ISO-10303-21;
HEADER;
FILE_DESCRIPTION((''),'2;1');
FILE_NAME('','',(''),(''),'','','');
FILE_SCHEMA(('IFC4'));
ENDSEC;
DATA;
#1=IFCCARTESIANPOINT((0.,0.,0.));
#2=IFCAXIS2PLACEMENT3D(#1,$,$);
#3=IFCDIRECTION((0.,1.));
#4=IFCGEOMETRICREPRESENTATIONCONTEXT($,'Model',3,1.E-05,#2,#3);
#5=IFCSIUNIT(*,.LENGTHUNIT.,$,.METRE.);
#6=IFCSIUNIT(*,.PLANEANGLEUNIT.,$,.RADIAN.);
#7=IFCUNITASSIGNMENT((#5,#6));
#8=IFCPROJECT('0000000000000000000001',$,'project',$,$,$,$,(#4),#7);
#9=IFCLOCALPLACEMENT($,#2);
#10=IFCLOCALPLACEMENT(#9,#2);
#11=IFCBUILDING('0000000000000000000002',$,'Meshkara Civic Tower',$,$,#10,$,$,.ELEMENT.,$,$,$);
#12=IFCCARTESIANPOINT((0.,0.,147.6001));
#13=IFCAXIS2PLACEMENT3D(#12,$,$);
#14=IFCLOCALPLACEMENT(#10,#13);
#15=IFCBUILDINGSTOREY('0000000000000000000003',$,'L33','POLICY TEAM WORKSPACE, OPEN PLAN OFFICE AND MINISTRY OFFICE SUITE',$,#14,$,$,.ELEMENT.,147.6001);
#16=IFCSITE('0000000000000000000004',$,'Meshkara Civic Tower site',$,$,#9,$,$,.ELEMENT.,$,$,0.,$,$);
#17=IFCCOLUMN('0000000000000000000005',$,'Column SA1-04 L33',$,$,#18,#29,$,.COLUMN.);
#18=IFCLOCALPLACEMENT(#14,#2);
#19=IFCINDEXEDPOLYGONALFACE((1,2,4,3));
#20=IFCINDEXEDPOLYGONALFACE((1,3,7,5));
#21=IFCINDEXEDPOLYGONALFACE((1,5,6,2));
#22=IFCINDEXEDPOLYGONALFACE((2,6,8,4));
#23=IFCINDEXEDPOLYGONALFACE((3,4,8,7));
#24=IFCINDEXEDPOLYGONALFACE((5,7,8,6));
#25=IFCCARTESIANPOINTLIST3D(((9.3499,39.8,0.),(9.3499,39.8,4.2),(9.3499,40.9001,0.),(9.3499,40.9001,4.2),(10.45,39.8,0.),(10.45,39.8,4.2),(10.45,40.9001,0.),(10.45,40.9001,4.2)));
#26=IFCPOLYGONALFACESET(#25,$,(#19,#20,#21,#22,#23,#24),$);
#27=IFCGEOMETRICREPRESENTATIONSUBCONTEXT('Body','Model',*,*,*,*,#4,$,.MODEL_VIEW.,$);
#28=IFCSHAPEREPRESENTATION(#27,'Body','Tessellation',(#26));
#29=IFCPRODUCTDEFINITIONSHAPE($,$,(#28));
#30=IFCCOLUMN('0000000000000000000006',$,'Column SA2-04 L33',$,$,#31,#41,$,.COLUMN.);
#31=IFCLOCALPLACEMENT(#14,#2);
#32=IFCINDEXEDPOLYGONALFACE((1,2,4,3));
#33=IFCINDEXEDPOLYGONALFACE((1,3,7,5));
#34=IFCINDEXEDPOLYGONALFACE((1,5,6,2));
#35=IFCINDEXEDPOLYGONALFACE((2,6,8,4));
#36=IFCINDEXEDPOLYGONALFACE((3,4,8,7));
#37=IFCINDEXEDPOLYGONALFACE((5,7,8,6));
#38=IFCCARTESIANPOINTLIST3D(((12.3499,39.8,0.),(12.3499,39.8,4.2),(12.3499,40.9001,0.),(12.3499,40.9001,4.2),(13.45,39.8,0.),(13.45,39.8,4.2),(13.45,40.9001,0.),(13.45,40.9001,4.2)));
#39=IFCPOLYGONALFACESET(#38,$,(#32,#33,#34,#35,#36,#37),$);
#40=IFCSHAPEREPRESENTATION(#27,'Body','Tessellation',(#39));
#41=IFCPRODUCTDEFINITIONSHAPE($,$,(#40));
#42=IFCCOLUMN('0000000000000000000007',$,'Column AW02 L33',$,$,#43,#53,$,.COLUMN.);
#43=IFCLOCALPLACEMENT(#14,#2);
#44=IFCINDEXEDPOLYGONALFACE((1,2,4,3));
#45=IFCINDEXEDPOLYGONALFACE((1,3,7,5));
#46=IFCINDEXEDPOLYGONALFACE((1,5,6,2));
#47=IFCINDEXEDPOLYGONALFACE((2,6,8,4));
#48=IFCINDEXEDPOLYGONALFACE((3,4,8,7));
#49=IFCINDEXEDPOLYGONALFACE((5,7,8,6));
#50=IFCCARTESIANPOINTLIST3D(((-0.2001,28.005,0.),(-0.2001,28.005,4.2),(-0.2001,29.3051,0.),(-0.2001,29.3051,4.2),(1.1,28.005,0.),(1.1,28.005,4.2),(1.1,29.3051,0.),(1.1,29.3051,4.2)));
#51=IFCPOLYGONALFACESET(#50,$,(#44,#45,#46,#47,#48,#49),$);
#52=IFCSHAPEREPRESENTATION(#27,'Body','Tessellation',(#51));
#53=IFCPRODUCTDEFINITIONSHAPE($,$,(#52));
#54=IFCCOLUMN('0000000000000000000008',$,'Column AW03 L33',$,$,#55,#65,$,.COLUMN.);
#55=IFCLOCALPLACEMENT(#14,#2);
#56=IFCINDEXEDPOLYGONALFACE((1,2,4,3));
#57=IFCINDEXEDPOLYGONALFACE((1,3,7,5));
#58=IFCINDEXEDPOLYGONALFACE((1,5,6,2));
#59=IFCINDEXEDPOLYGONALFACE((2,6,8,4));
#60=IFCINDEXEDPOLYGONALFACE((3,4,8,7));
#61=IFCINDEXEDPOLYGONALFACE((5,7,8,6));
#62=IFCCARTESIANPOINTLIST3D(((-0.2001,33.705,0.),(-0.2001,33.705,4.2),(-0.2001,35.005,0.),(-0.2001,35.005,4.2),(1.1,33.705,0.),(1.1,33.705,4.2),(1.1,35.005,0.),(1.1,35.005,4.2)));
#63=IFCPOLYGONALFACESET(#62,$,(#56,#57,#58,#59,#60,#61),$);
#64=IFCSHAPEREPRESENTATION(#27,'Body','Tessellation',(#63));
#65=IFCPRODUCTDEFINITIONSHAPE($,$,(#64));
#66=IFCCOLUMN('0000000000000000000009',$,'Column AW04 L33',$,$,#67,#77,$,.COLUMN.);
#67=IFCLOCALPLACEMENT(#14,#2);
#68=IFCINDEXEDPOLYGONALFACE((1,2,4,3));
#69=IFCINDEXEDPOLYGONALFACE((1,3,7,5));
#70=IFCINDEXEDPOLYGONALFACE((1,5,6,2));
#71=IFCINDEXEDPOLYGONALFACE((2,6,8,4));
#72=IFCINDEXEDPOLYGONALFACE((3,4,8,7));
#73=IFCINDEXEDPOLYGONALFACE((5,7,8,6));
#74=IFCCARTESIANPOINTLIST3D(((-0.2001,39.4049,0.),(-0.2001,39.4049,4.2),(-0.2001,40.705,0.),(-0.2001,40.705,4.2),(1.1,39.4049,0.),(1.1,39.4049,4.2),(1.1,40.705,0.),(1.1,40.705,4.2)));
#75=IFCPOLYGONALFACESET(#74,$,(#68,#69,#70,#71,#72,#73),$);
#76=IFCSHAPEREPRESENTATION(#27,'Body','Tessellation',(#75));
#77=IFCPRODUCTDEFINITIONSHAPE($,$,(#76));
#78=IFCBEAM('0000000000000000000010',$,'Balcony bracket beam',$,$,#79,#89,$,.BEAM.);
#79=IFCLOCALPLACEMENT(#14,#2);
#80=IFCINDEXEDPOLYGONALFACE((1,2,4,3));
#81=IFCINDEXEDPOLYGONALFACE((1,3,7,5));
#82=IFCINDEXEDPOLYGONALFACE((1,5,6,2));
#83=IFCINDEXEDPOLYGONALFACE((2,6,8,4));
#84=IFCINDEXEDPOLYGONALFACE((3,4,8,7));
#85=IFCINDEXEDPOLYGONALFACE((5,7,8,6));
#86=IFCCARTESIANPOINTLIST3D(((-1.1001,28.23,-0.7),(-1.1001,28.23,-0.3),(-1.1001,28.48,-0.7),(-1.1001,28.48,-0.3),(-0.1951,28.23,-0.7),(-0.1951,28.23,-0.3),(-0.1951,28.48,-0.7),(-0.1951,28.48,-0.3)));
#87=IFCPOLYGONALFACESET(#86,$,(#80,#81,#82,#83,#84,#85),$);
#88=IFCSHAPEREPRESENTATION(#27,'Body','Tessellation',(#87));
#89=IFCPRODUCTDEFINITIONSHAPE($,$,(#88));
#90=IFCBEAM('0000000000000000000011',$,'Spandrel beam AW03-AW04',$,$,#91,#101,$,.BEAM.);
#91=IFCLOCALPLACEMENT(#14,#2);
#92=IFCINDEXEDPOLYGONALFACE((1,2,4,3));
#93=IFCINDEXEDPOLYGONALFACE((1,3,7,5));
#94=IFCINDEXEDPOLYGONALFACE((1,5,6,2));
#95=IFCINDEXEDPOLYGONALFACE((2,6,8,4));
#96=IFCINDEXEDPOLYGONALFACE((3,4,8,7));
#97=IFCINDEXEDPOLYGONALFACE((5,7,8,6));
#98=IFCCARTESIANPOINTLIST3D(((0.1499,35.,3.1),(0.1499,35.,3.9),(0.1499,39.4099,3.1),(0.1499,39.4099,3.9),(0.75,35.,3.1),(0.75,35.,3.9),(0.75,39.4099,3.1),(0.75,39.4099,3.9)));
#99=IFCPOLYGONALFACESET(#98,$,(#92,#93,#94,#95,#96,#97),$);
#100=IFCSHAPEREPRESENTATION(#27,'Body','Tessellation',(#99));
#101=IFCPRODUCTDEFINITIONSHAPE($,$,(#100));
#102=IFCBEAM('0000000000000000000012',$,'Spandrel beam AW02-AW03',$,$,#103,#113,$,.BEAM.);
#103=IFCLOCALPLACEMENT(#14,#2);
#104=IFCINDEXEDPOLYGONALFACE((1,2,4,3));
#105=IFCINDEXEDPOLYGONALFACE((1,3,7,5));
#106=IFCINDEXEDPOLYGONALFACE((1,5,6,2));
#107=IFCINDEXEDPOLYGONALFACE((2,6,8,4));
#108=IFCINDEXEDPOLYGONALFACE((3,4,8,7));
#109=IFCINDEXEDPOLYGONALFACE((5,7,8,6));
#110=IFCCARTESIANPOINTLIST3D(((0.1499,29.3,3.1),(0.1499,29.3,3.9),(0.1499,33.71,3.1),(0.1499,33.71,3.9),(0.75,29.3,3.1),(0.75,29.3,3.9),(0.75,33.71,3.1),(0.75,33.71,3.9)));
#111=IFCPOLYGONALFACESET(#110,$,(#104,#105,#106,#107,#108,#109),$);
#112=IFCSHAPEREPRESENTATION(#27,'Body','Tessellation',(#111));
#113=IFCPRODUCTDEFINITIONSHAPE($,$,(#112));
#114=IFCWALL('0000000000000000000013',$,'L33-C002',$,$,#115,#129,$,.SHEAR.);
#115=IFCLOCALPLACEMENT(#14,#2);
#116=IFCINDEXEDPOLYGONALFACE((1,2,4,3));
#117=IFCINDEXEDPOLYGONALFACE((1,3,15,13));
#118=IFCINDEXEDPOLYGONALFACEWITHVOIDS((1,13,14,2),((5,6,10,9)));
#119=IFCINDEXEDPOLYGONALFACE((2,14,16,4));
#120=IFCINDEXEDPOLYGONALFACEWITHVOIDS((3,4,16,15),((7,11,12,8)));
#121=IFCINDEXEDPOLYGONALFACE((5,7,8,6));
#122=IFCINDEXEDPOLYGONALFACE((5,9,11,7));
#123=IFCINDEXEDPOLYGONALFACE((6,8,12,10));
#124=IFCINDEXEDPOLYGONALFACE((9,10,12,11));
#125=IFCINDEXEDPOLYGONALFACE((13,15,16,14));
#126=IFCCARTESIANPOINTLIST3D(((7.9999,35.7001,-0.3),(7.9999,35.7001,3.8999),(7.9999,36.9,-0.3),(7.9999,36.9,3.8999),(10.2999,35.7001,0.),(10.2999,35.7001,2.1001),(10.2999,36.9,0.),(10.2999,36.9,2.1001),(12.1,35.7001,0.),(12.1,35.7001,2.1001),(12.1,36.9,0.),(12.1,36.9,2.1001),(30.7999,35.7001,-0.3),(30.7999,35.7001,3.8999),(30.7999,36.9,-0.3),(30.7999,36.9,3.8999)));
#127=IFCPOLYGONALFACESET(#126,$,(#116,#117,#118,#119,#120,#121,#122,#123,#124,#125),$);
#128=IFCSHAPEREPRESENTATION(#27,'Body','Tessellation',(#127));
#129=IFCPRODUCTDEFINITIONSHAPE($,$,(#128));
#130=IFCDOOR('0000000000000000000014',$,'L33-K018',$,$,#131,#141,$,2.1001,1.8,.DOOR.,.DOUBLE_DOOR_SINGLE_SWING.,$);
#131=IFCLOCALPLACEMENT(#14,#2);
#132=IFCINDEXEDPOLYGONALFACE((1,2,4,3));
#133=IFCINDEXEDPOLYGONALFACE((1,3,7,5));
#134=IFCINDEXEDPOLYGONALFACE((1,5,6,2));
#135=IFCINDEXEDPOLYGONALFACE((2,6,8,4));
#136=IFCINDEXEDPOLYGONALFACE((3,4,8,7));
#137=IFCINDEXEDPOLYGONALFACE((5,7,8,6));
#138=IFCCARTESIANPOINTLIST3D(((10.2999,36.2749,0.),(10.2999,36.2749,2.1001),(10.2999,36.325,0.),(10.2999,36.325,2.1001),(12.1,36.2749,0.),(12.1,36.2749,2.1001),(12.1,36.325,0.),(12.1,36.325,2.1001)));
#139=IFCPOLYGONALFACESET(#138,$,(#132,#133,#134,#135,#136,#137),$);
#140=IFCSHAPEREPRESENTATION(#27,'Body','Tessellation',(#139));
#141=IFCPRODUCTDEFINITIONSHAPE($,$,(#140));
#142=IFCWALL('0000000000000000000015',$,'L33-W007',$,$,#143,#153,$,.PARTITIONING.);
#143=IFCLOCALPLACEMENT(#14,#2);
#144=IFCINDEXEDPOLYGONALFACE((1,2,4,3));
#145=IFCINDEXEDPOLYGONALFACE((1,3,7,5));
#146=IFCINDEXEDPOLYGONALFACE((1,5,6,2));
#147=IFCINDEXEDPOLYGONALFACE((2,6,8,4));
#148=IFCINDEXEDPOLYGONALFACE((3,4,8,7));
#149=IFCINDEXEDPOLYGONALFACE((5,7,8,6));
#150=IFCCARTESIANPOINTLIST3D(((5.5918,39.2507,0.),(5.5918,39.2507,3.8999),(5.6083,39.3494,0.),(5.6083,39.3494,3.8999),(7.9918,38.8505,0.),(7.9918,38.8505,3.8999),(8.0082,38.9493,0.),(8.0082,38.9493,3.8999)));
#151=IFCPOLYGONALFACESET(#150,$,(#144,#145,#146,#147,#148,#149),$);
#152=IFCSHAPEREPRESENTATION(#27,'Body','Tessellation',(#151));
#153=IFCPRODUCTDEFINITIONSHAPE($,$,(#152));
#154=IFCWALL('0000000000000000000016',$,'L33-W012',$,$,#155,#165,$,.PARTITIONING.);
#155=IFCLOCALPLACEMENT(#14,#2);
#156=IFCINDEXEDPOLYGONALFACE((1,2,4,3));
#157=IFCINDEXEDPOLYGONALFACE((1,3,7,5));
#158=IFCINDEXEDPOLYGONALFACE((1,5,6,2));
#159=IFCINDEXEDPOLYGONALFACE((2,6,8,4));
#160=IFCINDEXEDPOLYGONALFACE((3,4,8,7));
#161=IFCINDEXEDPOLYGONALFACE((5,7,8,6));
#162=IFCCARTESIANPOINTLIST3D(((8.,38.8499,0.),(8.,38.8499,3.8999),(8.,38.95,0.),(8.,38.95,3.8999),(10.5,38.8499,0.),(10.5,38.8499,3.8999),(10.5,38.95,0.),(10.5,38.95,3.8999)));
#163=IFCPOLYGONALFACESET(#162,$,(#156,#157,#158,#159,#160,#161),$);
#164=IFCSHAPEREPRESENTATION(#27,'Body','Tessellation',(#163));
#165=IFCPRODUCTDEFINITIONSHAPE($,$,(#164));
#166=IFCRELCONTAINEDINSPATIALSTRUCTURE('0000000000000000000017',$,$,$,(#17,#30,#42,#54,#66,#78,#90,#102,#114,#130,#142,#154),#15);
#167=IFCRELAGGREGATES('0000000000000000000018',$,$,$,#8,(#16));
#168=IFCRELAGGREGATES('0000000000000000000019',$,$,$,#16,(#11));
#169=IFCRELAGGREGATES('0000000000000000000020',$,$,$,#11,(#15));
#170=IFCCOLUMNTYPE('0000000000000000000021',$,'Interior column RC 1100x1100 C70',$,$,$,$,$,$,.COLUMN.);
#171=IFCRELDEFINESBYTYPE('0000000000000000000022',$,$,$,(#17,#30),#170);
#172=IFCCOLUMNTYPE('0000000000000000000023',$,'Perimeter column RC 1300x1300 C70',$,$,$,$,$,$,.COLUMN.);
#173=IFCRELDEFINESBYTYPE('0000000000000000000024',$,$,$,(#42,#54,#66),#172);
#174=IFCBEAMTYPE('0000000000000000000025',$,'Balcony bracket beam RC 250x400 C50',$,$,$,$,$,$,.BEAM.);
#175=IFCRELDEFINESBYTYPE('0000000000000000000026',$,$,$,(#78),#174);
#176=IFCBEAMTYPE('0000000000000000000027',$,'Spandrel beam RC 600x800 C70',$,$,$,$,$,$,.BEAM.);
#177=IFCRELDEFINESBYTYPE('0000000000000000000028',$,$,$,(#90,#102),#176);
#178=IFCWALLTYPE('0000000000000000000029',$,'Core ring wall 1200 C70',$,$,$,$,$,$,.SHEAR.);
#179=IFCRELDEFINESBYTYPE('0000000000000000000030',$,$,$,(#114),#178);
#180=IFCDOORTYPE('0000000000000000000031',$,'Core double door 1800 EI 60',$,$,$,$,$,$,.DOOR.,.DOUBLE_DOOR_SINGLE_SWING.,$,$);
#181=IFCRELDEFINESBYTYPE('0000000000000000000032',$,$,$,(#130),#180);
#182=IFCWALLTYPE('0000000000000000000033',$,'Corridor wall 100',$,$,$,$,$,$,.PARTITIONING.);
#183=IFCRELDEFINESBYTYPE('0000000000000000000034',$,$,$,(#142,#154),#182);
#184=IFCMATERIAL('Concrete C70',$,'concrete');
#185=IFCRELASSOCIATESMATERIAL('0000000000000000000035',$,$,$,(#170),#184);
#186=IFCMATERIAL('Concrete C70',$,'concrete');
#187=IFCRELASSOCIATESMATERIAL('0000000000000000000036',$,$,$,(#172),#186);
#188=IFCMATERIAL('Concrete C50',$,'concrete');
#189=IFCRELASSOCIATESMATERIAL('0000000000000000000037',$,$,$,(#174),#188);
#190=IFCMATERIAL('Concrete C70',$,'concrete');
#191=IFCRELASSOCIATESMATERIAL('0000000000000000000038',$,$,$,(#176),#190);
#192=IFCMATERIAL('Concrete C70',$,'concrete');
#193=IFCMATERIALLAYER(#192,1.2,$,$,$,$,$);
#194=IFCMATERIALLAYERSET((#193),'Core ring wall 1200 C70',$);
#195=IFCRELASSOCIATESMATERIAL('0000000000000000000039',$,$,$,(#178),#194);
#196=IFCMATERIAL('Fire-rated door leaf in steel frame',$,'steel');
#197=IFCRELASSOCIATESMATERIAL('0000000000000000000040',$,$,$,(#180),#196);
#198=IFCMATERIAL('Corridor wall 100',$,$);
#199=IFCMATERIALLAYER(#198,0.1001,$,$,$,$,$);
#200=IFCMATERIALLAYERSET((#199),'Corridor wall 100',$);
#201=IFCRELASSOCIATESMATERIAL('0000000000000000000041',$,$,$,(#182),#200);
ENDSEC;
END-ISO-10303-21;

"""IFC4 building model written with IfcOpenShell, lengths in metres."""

from ifc_helpers import new_model, si_unit, direction, frame, frame_2d, origin, origin_2d, place, context, subcontext, project, spatial, rectangle, extrude, material, layer, layer_set, material_profile, profile_set, type_object, element, fill, save


model = new_model("IFC4")

# Units and contexts
model_context = context("Model", 3, precision=1e-05, world=origin(), true_north=direction((0.0, 1.0)))
body_context = subcontext(model_context, "Body", "Model", "MODEL_VIEW")
ifc_project = project(units=[si_unit("LENGTHUNIT", "METRE"), si_unit("PLANEANGLEUNIT", "RADIAN")], contexts=[model_context])

# Site, building, storey
site_placement = place(None, origin())
site = spatial("IfcSite", under=ifc_project, at=site_placement, Name="Meshkara Civic Tower site", CompositionType="ELEMENT", RefElevation=0.0)
building_placement = place(site_placement, origin())
building = spatial("IfcBuilding", under=site, at=building_placement, Name="Meshkara Civic Tower", CompositionType="ELEMENT")
storey_placement = place(building_placement, frame((0.0, 0.0, 147.6001)))
storey = spatial("IfcBuildingStorey", under=building, at=storey_placement, Name="L33", Description="POLICY TEAM WORKSPACE, OPEN PLAN OFFICE AND MINISTRY OFFICE SUITE", CompositionType="ELEMENT", Elevation=147.6001)

# Columns
ifc_material_1 = material(Name="Concrete C70", Category="concrete")
ifc_material_profile_1 = material_profile(ifc_material_1, rectangle(XDim=1.1001, YDim=1.1001, at=origin_2d()))
ifc_profile_set_1 = profile_set([ifc_material_profile_1], Name="Concrete C70")
column_type_1 = type_object("IfcColumnType", Name="Interior column RC 1100x1100 C70", PredefinedType="COLUMN", material=ifc_profile_set_1)
for number, where, z_axis, x_axis, name in (
    (1, (9.8999, 40.3501, 0.0), (0.0, 0.0, 1.0), (1.0, 0.0, 0.0), "Column SA1-04 L33"),
    (2, (12.8999, 40.3501, 0.0), (0.0, 0.0, 1.0), (1.0, 0.0, 0.0), "Column SA2-04 L33"),
):
    element("IfcColumn", number, at=place(storey_placement, frame(where, z_axis=z_axis, x_axis=x_axis)), inside=storey, type_object=column_type_1, Name=name, PredefinedType="COLUMN", context=body_context, shape_type="SweptSolid", body=[
        extrude(rectangle(XDim=1.1001, YDim=1.1001, at=origin_2d()), origin(), (0.0, 0.0, 1.0), 4.2),
    ])
ifc_material_2 = material(Name="Concrete C70", Category="concrete")
ifc_material_profile_2 = material_profile(ifc_material_2, rectangle(XDim=1.3, YDim=1.3, at=origin_2d()))
ifc_profile_set_2 = profile_set([ifc_material_profile_2], Name="Concrete C70")
column_type_2 = type_object("IfcColumnType", Name="Perimeter column RC 1300x1300 C70", PredefinedType="COLUMN", material=ifc_profile_set_2)
for number, where, z_axis, x_axis, name in (
    (3, (0.45, 28.655, 0.0), (0.0, 0.0, 1.0), (1.0, 0.0, 0.0), "Column AW02 L33"),
    (4, (0.45, 34.355, 0.0), (0.0, 0.0, 1.0), (1.0, 0.0, 0.0), "Column AW03 L33"),
    (5, (0.45, 40.0549, 0.0), (0.0, 0.0, 1.0), (1.0, 0.0, 0.0), "Column AW04 L33"),
):
    element("IfcColumn", number, at=place(storey_placement, frame(where, z_axis=z_axis, x_axis=x_axis)), inside=storey, type_object=column_type_2, Name=name, PredefinedType="COLUMN", context=body_context, shape_type="SweptSolid", body=[
        extrude(rectangle(XDim=1.3, YDim=1.3, at=origin_2d()), origin(), (0.0, 0.0, 1.0), 4.2),
    ])

# Beams
ifc_material_3 = material(Name="Concrete C50", Category="concrete")
ifc_material_profile_3 = material_profile(ifc_material_3, rectangle(XDim=0.25, YDim=0.3999, at=origin_2d()))
ifc_profile_set_3 = profile_set([ifc_material_profile_3], Name="Concrete C50")
beam_type_1 = type_object("IfcBeamType", Name="Balcony bracket beam RC 250x400 C50", PredefinedType="BEAM", material=ifc_profile_set_3)
beam_placement = place(storey_placement, frame((-0.1951, 28.355, -0.5), z_axis=(-1.0, 0.0, 0.0), x_axis=(0.0, -1.0, 0.0)))
element("IfcBeam", 6, at=beam_placement, inside=storey, type_object=beam_type_1, Name="Balcony bracket beam", PredefinedType="BEAM", context=body_context, shape_type="SweptSolid", body=[
    extrude(rectangle(XDim=0.25, YDim=0.3999, at=origin_2d()), origin(), (0.0, 0.0, 1.0), 0.905),
])
ifc_material_4 = material(Name="Concrete C70", Category="concrete")
ifc_material_profile_4 = material_profile(ifc_material_4, rectangle(XDim=0.6001, YDim=0.8, at=origin_2d()))
ifc_profile_set_4 = profile_set([ifc_material_profile_4], Name="Concrete C70")
beam_type_2 = type_object("IfcBeamType", Name="Spandrel beam RC 600x800 C70", PredefinedType="BEAM", material=ifc_profile_set_4)
for number, where, z_axis, x_axis, name in (
    (7, (0.45, 39.4099, 3.5), (0.0, -1.0, 0.0), (1.0, 0.0, 0.0), "Spandrel beam AW03-AW04"),
    (8, (0.45, 33.71, 3.5), (0.0, -1.0, 0.0), (1.0, 0.0, 0.0), "Spandrel beam AW02-AW03"),
):
    element("IfcBeam", number, at=place(storey_placement, frame(where, z_axis=z_axis, x_axis=x_axis)), inside=storey, type_object=beam_type_2, Name=name, PredefinedType="BEAM", context=body_context, shape_type="SweptSolid", body=[
        extrude(rectangle(XDim=0.6001, YDim=0.8, at=origin_2d()), origin(), (0.0, 0.0, 1.0), 4.4099),
    ])

# Wall, opening, door
ifc_material_5 = material(Name="Concrete C70", Category="concrete")
ifc_layer_1 = layer(ifc_material_5, 1.2)
ifc_layer_set_1 = layer_set([ifc_layer_1], Name="Core ring wall 1200 C70")
wall_type_1 = type_object("IfcWallType", Name="Core ring wall 1200 C70", PredefinedType="SHEAR", material=ifc_layer_set_1)
wall_1_placement = place(storey_placement, frame((8.0, 36.3, -0.3), z_axis=(0.0, 0.0, 1.0), x_axis=(1.0, 0.0, 0.0)))
wall_1 = element("IfcWall", 9, at=wall_1_placement, inside=storey, type_object=wall_type_1, Name="L33-C002", PredefinedType="SHEAR", context=body_context, shape_type="SweptSolid", body=[
    extrude(rectangle(XDim=22.8, YDim=1.2, at=frame_2d((11.3999, 0.0))), origin(), (0.0, 0.0, 1.0), 4.2),
])
opening_1_placement = place(wall_1_placement, frame((2.3, 0.0, 0.3)))
opening_1 = element("IfcOpeningElement", 10, at=opening_1_placement, cuts=wall_1, PredefinedType="OPENING", context=body_context, shape_type="SweptSolid", body=[
    extrude(rectangle(XDim=1.8, YDim=2.1001, at=frame_2d((0.8999, 1.05))), frame((0.0, 0.6099, 0.0), z_axis=(0.0, -1.0, 0.0), x_axis=(1.0, 0.0, 0.0)), (0.0, 0.0, 1.0), 1.22),
])
ifc_material_6 = material(Name="Fire-rated door leaf in steel frame", Category="steel")
door_type_1 = type_object("IfcDoorType", Name="Core double door 1800 EI 60", OperationType="DOUBLE_DOOR_SINGLE_SWING", PredefinedType="DOOR", material=ifc_material_6)
door_1_placement = place(opening_1_placement, origin())
door_1 = element("IfcDoor", 11, at=door_1_placement, inside=storey, type_object=door_type_1, Name="L33-K018", OperationType="DOUBLE_DOOR_SINGLE_SWING", OverallHeight=2.1001, OverallWidth=1.8, PredefinedType="DOOR", context=body_context, shape_type="SweptSolid", body=[
    extrude(rectangle(XDim=1.8, YDim=2.1001, at=frame_2d((0.8999, 1.05))), frame((0.0, 0.0249, 0.0), z_axis=(0.0, -1.0, 0.0), x_axis=(1.0, 0.0, 0.0)), (0.0, 0.0, 1.0), 0.05),
])
fill(opening_1, door_1)

# Walls
ifc_material_7 = material(Name="Corridor wall 100")
ifc_layer_2 = layer(ifc_material_7, 0.1001)
ifc_layer_set_2 = layer_set([ifc_layer_2], Name="Corridor wall 100")
wall_type_2 = type_object("IfcWallType", Name="Corridor wall 100", PredefinedType="PARTITIONING", material=ifc_layer_set_2)
wall_2_placement = place(storey_placement, frame((8.0, 38.8999, 0.0), z_axis=(0.0, 0.0, 1.0), x_axis=(-0.986383, 0.164464, 0.0)))
element("IfcWall", 12, at=wall_2_placement, inside=storey, type_object=wall_type_2, Name="L33-W007", PredefinedType="PARTITIONING", context=body_context, shape_type="SweptSolid", body=[
    extrude(rectangle(XDim=2.4331, YDim=0.1001, at=frame_2d((1.2166, 0.0))), origin(), (0.0, 0.0, 1.0), 3.8999),
])
wall_3_placement = place(storey_placement, frame((10.5, 38.8999, 0.0), z_axis=(0.0, 0.0, 1.0), x_axis=(-1.0, 0.0, 0.0)))
element("IfcWall", 13, at=wall_3_placement, inside=storey, type_object=wall_type_2, Name="L33-W012", PredefinedType="PARTITIONING", context=body_context, shape_type="SweptSolid", body=[
    extrude(rectangle(XDim=2.5, YDim=0.1001, at=frame_2d((1.25, 0.0))), origin(), (0.0, 0.0, 1.0), 3.8999),
])

save(model, "model.ifc")
